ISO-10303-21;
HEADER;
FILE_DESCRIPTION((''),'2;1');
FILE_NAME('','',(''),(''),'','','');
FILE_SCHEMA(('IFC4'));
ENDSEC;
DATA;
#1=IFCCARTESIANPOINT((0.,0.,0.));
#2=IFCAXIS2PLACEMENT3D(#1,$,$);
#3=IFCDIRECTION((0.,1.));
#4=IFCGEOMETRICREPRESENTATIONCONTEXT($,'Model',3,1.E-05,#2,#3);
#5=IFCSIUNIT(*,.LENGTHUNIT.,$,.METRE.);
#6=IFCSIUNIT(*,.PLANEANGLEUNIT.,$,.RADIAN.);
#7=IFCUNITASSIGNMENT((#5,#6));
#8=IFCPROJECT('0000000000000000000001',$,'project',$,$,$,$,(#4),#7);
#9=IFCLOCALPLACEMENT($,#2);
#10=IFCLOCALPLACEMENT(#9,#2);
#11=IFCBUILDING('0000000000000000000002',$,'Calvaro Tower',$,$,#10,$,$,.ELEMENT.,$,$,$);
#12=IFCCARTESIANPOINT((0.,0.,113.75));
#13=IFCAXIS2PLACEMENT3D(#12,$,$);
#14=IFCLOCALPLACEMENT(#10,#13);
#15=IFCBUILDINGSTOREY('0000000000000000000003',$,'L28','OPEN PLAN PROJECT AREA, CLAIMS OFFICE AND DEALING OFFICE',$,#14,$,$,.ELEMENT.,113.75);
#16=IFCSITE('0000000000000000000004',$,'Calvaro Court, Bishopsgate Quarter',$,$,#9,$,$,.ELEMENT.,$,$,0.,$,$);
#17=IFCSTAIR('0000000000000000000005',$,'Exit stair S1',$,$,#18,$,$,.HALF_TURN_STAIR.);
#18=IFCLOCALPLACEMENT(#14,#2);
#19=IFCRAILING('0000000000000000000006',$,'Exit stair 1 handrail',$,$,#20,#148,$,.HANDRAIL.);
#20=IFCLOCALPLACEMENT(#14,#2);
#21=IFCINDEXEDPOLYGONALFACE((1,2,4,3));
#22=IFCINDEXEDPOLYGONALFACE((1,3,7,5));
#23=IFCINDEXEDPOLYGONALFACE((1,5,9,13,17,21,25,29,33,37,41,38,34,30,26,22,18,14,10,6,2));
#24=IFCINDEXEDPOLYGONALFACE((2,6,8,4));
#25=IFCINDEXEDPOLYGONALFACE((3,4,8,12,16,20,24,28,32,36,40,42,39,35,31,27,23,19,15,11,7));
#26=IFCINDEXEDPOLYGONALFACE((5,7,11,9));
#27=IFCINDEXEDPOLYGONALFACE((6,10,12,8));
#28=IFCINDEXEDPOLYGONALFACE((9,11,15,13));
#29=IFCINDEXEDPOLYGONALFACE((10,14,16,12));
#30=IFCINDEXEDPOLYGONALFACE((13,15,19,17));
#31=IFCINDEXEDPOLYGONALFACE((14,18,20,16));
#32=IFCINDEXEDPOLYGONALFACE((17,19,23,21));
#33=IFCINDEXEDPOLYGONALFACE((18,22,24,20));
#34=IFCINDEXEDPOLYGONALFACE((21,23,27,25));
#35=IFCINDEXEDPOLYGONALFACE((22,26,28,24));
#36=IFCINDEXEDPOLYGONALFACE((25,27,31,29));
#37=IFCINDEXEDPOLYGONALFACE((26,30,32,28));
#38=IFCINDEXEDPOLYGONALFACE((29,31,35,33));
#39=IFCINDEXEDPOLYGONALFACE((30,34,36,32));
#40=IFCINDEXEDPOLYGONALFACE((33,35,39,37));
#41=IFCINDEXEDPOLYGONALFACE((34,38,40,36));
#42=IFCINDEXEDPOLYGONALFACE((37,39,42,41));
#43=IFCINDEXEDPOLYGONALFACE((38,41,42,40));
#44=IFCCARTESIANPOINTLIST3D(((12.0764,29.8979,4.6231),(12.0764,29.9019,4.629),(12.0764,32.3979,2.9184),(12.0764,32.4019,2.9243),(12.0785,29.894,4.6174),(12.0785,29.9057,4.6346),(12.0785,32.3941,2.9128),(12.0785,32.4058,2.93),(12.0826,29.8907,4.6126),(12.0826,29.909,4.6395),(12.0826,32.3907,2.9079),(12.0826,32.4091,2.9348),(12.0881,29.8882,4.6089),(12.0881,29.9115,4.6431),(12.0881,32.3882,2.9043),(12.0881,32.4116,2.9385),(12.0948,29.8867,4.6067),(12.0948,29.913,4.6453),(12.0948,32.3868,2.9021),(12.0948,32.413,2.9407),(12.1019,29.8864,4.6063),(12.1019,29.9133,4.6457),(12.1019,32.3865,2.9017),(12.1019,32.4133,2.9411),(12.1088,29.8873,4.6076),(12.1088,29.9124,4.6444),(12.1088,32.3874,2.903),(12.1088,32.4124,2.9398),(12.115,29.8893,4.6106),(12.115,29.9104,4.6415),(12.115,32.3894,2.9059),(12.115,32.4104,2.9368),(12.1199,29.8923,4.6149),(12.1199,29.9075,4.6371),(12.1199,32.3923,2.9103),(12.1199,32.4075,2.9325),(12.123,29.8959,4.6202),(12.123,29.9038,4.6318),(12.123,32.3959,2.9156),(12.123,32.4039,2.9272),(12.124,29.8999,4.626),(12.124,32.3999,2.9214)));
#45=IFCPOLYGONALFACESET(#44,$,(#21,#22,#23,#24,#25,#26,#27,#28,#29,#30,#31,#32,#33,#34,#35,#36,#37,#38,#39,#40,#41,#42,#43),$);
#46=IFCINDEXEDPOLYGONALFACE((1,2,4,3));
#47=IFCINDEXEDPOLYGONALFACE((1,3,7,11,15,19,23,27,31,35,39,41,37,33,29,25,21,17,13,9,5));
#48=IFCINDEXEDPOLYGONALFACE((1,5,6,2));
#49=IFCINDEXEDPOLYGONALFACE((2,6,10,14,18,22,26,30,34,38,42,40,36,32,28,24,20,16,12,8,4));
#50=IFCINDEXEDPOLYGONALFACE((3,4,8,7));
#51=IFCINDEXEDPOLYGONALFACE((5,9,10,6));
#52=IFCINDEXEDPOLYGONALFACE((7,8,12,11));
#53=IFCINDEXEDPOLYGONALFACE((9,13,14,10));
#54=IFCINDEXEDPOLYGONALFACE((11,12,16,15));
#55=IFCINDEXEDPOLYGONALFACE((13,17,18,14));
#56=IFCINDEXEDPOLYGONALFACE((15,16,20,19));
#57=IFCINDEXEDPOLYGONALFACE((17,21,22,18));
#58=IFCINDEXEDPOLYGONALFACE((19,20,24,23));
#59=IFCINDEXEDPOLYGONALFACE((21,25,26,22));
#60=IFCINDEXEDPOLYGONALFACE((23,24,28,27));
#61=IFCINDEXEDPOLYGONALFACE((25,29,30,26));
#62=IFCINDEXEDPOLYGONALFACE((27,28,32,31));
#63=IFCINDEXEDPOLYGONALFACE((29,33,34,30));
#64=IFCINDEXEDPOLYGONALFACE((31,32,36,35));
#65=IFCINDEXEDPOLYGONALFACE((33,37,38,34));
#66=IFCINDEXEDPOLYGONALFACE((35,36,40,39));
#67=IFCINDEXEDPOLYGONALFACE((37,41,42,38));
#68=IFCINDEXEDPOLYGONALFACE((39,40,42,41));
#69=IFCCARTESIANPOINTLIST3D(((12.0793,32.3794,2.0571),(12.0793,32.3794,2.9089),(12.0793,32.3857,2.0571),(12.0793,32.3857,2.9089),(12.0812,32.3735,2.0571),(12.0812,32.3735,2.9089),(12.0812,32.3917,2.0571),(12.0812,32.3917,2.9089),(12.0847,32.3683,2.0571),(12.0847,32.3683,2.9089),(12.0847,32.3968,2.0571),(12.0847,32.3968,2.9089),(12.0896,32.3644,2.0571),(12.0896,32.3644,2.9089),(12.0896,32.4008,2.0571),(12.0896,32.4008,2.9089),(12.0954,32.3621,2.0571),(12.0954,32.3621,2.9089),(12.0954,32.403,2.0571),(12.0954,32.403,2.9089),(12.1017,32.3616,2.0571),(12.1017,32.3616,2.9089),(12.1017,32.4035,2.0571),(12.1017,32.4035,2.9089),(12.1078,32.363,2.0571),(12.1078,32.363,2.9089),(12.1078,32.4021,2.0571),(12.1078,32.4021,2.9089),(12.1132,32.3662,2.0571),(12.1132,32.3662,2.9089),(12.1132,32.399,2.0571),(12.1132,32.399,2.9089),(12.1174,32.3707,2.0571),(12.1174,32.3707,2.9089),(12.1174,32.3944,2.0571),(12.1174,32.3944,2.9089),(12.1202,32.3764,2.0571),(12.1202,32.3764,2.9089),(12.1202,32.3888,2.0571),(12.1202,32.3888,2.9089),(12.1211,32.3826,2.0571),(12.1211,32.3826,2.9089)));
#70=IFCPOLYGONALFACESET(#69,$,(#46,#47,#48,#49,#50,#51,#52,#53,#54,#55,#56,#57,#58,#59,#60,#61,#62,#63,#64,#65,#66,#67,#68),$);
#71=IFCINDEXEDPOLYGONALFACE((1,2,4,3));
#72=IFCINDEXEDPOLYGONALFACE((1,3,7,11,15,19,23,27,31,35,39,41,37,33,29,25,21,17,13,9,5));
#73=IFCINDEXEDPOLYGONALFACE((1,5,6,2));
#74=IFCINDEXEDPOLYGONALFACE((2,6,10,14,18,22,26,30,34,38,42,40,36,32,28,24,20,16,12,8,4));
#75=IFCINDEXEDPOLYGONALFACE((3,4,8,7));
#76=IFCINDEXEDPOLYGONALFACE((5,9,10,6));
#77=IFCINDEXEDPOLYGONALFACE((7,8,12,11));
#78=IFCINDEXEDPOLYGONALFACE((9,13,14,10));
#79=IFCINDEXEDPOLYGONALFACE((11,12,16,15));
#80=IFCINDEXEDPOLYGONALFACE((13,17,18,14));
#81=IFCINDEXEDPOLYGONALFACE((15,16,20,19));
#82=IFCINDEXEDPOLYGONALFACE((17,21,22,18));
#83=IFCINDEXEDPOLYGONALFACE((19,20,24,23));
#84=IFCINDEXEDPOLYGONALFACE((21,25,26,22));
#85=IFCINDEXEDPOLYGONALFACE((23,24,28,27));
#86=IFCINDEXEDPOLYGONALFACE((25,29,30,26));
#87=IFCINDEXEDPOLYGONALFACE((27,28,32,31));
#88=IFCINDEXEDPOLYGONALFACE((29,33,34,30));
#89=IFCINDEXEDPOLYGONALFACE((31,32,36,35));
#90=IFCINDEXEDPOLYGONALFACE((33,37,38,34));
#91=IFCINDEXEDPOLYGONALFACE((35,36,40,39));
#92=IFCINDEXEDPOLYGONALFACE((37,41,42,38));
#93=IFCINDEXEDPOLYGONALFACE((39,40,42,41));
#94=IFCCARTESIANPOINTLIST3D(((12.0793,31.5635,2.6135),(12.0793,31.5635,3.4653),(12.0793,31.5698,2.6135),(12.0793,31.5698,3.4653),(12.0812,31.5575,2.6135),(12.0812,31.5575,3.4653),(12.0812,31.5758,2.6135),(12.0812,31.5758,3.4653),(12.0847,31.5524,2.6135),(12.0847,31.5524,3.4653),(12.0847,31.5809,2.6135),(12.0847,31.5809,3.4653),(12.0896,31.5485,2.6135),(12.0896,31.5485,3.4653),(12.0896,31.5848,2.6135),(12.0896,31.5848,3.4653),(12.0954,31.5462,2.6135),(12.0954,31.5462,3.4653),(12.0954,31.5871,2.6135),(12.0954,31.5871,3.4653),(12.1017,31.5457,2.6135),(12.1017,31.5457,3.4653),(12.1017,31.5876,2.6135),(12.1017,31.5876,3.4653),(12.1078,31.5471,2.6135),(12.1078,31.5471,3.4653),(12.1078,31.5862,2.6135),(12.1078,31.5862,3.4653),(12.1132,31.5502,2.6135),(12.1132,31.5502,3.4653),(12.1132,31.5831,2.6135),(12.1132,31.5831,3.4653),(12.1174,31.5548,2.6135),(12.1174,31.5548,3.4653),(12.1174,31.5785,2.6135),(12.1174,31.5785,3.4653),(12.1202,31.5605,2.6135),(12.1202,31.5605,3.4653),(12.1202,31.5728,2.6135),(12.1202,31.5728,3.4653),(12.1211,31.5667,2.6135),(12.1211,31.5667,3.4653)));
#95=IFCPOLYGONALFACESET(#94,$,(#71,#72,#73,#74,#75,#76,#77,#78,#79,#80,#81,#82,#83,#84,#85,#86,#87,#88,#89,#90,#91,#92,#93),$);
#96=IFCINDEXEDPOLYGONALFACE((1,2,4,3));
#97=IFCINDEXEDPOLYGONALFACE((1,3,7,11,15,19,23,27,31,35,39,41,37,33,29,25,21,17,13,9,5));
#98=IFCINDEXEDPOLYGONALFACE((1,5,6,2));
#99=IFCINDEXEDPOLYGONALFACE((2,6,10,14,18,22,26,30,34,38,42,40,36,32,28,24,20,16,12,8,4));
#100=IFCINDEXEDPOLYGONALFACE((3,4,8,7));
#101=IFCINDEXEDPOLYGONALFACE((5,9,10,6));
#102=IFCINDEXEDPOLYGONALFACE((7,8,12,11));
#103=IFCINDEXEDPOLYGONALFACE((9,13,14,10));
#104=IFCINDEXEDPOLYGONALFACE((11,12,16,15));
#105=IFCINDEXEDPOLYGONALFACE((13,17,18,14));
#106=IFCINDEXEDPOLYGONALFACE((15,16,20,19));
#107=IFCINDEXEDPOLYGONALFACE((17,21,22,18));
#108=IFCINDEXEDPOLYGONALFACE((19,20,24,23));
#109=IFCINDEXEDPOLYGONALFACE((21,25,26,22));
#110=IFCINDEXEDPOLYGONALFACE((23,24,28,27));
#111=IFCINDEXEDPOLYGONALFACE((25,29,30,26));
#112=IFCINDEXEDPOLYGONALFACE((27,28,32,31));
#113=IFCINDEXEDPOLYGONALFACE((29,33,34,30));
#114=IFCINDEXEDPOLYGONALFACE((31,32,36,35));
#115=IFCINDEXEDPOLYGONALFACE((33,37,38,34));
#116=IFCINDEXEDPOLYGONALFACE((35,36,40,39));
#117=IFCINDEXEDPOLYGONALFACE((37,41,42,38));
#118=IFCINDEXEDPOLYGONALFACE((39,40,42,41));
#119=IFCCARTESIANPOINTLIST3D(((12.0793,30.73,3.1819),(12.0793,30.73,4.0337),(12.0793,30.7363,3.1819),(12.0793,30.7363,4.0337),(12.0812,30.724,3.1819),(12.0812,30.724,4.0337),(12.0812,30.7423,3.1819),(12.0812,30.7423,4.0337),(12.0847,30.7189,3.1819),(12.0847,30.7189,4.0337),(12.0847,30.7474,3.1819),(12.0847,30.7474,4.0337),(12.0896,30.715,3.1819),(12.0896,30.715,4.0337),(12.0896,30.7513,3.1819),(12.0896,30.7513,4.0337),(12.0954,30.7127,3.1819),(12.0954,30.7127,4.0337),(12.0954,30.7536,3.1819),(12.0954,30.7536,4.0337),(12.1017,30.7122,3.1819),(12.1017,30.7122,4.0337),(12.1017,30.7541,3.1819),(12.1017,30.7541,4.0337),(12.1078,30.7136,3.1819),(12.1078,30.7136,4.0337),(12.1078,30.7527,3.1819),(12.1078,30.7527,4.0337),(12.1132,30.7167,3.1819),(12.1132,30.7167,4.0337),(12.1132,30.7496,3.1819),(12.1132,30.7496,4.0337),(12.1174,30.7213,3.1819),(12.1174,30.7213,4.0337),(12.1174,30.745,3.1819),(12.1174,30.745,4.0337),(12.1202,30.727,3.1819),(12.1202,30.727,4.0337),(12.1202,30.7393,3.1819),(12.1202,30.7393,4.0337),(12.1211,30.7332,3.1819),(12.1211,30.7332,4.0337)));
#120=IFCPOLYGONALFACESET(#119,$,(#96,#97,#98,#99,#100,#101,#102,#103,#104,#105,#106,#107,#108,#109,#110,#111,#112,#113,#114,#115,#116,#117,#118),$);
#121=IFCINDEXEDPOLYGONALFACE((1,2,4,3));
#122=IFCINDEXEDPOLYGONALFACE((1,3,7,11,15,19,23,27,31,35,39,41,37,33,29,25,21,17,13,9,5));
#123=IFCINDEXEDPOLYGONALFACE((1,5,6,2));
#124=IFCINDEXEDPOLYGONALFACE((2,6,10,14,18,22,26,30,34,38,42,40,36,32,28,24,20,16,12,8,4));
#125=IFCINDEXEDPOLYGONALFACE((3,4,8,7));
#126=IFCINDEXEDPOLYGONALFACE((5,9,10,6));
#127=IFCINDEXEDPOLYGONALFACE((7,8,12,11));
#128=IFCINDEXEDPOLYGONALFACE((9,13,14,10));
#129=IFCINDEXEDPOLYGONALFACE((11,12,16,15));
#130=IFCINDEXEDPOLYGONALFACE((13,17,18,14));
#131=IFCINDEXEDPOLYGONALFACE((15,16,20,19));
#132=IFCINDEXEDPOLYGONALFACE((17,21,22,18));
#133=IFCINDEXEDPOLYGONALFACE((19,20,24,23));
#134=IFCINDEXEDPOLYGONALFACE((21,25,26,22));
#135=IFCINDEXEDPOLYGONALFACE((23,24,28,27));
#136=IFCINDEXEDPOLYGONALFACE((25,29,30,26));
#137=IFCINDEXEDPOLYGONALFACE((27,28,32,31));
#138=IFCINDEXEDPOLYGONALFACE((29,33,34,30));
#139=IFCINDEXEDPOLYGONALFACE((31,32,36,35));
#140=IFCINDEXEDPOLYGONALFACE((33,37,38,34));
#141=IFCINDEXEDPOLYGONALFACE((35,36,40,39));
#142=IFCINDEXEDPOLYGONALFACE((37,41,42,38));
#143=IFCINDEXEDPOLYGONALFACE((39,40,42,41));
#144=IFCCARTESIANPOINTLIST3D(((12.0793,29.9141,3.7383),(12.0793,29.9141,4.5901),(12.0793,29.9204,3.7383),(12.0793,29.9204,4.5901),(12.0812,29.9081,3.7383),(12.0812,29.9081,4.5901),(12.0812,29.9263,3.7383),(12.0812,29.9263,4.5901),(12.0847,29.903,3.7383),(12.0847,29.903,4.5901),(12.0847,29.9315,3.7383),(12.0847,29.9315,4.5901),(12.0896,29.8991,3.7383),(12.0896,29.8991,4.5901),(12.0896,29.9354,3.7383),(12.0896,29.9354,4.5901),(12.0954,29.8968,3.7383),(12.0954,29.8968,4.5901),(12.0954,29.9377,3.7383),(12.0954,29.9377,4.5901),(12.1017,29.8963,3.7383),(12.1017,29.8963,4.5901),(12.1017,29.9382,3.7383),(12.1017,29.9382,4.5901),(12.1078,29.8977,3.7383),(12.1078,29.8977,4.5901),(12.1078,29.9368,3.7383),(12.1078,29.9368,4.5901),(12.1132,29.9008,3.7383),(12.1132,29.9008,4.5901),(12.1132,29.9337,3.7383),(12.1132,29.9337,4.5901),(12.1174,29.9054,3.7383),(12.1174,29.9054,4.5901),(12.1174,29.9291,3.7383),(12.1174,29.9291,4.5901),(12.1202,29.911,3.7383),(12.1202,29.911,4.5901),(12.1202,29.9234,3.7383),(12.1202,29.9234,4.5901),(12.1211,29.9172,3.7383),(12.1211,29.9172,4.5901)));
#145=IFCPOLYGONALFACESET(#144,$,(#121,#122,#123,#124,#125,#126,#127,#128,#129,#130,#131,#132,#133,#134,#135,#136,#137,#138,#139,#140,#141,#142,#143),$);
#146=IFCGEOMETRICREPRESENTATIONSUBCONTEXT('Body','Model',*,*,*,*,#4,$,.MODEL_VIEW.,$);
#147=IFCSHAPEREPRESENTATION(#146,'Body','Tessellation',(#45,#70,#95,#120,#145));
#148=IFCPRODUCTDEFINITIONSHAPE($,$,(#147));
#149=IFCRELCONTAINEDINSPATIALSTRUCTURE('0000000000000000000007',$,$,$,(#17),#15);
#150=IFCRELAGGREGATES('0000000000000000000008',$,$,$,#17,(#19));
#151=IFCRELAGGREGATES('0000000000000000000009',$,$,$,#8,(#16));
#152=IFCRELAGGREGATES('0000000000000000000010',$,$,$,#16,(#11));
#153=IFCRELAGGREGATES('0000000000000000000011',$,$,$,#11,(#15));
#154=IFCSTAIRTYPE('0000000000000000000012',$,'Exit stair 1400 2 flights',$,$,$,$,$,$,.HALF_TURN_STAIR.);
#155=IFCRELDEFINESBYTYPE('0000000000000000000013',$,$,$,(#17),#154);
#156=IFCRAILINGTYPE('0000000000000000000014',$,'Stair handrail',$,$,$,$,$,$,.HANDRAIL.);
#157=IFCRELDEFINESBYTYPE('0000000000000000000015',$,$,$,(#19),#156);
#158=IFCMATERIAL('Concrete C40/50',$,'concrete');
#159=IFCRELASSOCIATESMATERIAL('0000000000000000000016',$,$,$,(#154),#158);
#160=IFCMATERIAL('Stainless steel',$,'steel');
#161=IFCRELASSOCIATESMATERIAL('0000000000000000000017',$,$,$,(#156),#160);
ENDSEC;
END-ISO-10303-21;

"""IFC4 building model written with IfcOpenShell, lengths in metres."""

from ifc_helpers import new_model, si_unit, direction, frame, origin, origin_2d, place, context, subcontext, project, spatial, circle, extrude, material, type_object, element, aggregate, save


model = new_model("IFC4")

# Units and contexts
model_context = context("Model", 3, precision=1e-05, world=origin(), true_north=direction((0.0, 1.0)))
body_context = subcontext(model_context, "Body", "Model", "MODEL_VIEW")
ifc_project = project(units=[si_unit("LENGTHUNIT", "METRE"), si_unit("PLANEANGLEUNIT", "RADIAN")], contexts=[model_context])

# Site, building, storey
site_placement = place(None, origin())
site = spatial("IfcSite", under=ifc_project, at=site_placement, Name="Calvaro Court, Bishopsgate Quarter", CompositionType="ELEMENT", RefElevation=0.0)
building_placement = place(site_placement, origin())
building = spatial("IfcBuilding", under=site, at=building_placement, Name="Calvaro Tower", CompositionType="ELEMENT")
storey_placement = place(building_placement, frame((0.0, 0.0, 113.75)))
storey = spatial("IfcBuildingStorey", under=building, at=storey_placement, Name="L28", Description="OPEN PLAN PROJECT AREA, CLAIMS OFFICE AND DEALING OFFICE", CompositionType="ELEMENT", Elevation=113.75)

# Stair, railing
ifc_material_1 = material(Name="Concrete C40/50", Category="concrete")
stair_type = type_object("IfcStairType", Name="Exit stair 1400 2 flights", PredefinedType="HALF_TURN_STAIR", material=ifc_material_1)
stair_placement = place(storey_placement, origin())
stair = element("IfcStair", 1, at=stair_placement, inside=storey, type_object=stair_type, Name="Exit stair S1", PredefinedType="HALF_TURN_STAIR")
ifc_material_2 = material(Name="Stainless steel", Category="steel")
railing_type = type_object("IfcRailingType", Name="Stair handrail", PredefinedType="HANDRAIL", material=ifc_material_2)
railing_1_placement = place(storey_placement, frame((12.1001, 32.3999, 2.0454)))
railing_1 = element("IfcRailing", 2, at=railing_1_placement, type_object=railing_type, Name="Exit stair 1 handrail", PredefinedType="HANDRAIL", context=body_context, shape_type="SweptSolid", body=[
    extrude(circle(Radius=0.0239, at=origin_2d()), frame((0.0, 0.0, 0.876), z_axis=(0.0, -0.826221, 0.563347), x_axis=(1.0, 0.0, 0.0)), (0.0, 0.0, 1.0), 3.0259),
    extrude(circle(Radius=0.021, at=origin_2d()), frame((0.0, -0.0173, 0.0117)), (0.0, 0.0, 1.0), 0.8518),
    extrude(circle(Radius=0.021, at=origin_2d()), frame((0.0, -0.8333, 0.5681)), (0.0, 0.0, 1.0), 0.8518),
    extrude(circle(Radius=0.021, at=origin_2d()), frame((0.0, -1.6667, 1.1365)), (0.0, 0.0, 1.0), 0.8518),
    extrude(circle(Radius=0.021, at=origin_2d()), frame((0.0, -2.4827, 1.6929)), (0.0, 0.0, 1.0), 0.8518),
])
aggregate(stair, [railing_1])

save(model, "model.ifc")
